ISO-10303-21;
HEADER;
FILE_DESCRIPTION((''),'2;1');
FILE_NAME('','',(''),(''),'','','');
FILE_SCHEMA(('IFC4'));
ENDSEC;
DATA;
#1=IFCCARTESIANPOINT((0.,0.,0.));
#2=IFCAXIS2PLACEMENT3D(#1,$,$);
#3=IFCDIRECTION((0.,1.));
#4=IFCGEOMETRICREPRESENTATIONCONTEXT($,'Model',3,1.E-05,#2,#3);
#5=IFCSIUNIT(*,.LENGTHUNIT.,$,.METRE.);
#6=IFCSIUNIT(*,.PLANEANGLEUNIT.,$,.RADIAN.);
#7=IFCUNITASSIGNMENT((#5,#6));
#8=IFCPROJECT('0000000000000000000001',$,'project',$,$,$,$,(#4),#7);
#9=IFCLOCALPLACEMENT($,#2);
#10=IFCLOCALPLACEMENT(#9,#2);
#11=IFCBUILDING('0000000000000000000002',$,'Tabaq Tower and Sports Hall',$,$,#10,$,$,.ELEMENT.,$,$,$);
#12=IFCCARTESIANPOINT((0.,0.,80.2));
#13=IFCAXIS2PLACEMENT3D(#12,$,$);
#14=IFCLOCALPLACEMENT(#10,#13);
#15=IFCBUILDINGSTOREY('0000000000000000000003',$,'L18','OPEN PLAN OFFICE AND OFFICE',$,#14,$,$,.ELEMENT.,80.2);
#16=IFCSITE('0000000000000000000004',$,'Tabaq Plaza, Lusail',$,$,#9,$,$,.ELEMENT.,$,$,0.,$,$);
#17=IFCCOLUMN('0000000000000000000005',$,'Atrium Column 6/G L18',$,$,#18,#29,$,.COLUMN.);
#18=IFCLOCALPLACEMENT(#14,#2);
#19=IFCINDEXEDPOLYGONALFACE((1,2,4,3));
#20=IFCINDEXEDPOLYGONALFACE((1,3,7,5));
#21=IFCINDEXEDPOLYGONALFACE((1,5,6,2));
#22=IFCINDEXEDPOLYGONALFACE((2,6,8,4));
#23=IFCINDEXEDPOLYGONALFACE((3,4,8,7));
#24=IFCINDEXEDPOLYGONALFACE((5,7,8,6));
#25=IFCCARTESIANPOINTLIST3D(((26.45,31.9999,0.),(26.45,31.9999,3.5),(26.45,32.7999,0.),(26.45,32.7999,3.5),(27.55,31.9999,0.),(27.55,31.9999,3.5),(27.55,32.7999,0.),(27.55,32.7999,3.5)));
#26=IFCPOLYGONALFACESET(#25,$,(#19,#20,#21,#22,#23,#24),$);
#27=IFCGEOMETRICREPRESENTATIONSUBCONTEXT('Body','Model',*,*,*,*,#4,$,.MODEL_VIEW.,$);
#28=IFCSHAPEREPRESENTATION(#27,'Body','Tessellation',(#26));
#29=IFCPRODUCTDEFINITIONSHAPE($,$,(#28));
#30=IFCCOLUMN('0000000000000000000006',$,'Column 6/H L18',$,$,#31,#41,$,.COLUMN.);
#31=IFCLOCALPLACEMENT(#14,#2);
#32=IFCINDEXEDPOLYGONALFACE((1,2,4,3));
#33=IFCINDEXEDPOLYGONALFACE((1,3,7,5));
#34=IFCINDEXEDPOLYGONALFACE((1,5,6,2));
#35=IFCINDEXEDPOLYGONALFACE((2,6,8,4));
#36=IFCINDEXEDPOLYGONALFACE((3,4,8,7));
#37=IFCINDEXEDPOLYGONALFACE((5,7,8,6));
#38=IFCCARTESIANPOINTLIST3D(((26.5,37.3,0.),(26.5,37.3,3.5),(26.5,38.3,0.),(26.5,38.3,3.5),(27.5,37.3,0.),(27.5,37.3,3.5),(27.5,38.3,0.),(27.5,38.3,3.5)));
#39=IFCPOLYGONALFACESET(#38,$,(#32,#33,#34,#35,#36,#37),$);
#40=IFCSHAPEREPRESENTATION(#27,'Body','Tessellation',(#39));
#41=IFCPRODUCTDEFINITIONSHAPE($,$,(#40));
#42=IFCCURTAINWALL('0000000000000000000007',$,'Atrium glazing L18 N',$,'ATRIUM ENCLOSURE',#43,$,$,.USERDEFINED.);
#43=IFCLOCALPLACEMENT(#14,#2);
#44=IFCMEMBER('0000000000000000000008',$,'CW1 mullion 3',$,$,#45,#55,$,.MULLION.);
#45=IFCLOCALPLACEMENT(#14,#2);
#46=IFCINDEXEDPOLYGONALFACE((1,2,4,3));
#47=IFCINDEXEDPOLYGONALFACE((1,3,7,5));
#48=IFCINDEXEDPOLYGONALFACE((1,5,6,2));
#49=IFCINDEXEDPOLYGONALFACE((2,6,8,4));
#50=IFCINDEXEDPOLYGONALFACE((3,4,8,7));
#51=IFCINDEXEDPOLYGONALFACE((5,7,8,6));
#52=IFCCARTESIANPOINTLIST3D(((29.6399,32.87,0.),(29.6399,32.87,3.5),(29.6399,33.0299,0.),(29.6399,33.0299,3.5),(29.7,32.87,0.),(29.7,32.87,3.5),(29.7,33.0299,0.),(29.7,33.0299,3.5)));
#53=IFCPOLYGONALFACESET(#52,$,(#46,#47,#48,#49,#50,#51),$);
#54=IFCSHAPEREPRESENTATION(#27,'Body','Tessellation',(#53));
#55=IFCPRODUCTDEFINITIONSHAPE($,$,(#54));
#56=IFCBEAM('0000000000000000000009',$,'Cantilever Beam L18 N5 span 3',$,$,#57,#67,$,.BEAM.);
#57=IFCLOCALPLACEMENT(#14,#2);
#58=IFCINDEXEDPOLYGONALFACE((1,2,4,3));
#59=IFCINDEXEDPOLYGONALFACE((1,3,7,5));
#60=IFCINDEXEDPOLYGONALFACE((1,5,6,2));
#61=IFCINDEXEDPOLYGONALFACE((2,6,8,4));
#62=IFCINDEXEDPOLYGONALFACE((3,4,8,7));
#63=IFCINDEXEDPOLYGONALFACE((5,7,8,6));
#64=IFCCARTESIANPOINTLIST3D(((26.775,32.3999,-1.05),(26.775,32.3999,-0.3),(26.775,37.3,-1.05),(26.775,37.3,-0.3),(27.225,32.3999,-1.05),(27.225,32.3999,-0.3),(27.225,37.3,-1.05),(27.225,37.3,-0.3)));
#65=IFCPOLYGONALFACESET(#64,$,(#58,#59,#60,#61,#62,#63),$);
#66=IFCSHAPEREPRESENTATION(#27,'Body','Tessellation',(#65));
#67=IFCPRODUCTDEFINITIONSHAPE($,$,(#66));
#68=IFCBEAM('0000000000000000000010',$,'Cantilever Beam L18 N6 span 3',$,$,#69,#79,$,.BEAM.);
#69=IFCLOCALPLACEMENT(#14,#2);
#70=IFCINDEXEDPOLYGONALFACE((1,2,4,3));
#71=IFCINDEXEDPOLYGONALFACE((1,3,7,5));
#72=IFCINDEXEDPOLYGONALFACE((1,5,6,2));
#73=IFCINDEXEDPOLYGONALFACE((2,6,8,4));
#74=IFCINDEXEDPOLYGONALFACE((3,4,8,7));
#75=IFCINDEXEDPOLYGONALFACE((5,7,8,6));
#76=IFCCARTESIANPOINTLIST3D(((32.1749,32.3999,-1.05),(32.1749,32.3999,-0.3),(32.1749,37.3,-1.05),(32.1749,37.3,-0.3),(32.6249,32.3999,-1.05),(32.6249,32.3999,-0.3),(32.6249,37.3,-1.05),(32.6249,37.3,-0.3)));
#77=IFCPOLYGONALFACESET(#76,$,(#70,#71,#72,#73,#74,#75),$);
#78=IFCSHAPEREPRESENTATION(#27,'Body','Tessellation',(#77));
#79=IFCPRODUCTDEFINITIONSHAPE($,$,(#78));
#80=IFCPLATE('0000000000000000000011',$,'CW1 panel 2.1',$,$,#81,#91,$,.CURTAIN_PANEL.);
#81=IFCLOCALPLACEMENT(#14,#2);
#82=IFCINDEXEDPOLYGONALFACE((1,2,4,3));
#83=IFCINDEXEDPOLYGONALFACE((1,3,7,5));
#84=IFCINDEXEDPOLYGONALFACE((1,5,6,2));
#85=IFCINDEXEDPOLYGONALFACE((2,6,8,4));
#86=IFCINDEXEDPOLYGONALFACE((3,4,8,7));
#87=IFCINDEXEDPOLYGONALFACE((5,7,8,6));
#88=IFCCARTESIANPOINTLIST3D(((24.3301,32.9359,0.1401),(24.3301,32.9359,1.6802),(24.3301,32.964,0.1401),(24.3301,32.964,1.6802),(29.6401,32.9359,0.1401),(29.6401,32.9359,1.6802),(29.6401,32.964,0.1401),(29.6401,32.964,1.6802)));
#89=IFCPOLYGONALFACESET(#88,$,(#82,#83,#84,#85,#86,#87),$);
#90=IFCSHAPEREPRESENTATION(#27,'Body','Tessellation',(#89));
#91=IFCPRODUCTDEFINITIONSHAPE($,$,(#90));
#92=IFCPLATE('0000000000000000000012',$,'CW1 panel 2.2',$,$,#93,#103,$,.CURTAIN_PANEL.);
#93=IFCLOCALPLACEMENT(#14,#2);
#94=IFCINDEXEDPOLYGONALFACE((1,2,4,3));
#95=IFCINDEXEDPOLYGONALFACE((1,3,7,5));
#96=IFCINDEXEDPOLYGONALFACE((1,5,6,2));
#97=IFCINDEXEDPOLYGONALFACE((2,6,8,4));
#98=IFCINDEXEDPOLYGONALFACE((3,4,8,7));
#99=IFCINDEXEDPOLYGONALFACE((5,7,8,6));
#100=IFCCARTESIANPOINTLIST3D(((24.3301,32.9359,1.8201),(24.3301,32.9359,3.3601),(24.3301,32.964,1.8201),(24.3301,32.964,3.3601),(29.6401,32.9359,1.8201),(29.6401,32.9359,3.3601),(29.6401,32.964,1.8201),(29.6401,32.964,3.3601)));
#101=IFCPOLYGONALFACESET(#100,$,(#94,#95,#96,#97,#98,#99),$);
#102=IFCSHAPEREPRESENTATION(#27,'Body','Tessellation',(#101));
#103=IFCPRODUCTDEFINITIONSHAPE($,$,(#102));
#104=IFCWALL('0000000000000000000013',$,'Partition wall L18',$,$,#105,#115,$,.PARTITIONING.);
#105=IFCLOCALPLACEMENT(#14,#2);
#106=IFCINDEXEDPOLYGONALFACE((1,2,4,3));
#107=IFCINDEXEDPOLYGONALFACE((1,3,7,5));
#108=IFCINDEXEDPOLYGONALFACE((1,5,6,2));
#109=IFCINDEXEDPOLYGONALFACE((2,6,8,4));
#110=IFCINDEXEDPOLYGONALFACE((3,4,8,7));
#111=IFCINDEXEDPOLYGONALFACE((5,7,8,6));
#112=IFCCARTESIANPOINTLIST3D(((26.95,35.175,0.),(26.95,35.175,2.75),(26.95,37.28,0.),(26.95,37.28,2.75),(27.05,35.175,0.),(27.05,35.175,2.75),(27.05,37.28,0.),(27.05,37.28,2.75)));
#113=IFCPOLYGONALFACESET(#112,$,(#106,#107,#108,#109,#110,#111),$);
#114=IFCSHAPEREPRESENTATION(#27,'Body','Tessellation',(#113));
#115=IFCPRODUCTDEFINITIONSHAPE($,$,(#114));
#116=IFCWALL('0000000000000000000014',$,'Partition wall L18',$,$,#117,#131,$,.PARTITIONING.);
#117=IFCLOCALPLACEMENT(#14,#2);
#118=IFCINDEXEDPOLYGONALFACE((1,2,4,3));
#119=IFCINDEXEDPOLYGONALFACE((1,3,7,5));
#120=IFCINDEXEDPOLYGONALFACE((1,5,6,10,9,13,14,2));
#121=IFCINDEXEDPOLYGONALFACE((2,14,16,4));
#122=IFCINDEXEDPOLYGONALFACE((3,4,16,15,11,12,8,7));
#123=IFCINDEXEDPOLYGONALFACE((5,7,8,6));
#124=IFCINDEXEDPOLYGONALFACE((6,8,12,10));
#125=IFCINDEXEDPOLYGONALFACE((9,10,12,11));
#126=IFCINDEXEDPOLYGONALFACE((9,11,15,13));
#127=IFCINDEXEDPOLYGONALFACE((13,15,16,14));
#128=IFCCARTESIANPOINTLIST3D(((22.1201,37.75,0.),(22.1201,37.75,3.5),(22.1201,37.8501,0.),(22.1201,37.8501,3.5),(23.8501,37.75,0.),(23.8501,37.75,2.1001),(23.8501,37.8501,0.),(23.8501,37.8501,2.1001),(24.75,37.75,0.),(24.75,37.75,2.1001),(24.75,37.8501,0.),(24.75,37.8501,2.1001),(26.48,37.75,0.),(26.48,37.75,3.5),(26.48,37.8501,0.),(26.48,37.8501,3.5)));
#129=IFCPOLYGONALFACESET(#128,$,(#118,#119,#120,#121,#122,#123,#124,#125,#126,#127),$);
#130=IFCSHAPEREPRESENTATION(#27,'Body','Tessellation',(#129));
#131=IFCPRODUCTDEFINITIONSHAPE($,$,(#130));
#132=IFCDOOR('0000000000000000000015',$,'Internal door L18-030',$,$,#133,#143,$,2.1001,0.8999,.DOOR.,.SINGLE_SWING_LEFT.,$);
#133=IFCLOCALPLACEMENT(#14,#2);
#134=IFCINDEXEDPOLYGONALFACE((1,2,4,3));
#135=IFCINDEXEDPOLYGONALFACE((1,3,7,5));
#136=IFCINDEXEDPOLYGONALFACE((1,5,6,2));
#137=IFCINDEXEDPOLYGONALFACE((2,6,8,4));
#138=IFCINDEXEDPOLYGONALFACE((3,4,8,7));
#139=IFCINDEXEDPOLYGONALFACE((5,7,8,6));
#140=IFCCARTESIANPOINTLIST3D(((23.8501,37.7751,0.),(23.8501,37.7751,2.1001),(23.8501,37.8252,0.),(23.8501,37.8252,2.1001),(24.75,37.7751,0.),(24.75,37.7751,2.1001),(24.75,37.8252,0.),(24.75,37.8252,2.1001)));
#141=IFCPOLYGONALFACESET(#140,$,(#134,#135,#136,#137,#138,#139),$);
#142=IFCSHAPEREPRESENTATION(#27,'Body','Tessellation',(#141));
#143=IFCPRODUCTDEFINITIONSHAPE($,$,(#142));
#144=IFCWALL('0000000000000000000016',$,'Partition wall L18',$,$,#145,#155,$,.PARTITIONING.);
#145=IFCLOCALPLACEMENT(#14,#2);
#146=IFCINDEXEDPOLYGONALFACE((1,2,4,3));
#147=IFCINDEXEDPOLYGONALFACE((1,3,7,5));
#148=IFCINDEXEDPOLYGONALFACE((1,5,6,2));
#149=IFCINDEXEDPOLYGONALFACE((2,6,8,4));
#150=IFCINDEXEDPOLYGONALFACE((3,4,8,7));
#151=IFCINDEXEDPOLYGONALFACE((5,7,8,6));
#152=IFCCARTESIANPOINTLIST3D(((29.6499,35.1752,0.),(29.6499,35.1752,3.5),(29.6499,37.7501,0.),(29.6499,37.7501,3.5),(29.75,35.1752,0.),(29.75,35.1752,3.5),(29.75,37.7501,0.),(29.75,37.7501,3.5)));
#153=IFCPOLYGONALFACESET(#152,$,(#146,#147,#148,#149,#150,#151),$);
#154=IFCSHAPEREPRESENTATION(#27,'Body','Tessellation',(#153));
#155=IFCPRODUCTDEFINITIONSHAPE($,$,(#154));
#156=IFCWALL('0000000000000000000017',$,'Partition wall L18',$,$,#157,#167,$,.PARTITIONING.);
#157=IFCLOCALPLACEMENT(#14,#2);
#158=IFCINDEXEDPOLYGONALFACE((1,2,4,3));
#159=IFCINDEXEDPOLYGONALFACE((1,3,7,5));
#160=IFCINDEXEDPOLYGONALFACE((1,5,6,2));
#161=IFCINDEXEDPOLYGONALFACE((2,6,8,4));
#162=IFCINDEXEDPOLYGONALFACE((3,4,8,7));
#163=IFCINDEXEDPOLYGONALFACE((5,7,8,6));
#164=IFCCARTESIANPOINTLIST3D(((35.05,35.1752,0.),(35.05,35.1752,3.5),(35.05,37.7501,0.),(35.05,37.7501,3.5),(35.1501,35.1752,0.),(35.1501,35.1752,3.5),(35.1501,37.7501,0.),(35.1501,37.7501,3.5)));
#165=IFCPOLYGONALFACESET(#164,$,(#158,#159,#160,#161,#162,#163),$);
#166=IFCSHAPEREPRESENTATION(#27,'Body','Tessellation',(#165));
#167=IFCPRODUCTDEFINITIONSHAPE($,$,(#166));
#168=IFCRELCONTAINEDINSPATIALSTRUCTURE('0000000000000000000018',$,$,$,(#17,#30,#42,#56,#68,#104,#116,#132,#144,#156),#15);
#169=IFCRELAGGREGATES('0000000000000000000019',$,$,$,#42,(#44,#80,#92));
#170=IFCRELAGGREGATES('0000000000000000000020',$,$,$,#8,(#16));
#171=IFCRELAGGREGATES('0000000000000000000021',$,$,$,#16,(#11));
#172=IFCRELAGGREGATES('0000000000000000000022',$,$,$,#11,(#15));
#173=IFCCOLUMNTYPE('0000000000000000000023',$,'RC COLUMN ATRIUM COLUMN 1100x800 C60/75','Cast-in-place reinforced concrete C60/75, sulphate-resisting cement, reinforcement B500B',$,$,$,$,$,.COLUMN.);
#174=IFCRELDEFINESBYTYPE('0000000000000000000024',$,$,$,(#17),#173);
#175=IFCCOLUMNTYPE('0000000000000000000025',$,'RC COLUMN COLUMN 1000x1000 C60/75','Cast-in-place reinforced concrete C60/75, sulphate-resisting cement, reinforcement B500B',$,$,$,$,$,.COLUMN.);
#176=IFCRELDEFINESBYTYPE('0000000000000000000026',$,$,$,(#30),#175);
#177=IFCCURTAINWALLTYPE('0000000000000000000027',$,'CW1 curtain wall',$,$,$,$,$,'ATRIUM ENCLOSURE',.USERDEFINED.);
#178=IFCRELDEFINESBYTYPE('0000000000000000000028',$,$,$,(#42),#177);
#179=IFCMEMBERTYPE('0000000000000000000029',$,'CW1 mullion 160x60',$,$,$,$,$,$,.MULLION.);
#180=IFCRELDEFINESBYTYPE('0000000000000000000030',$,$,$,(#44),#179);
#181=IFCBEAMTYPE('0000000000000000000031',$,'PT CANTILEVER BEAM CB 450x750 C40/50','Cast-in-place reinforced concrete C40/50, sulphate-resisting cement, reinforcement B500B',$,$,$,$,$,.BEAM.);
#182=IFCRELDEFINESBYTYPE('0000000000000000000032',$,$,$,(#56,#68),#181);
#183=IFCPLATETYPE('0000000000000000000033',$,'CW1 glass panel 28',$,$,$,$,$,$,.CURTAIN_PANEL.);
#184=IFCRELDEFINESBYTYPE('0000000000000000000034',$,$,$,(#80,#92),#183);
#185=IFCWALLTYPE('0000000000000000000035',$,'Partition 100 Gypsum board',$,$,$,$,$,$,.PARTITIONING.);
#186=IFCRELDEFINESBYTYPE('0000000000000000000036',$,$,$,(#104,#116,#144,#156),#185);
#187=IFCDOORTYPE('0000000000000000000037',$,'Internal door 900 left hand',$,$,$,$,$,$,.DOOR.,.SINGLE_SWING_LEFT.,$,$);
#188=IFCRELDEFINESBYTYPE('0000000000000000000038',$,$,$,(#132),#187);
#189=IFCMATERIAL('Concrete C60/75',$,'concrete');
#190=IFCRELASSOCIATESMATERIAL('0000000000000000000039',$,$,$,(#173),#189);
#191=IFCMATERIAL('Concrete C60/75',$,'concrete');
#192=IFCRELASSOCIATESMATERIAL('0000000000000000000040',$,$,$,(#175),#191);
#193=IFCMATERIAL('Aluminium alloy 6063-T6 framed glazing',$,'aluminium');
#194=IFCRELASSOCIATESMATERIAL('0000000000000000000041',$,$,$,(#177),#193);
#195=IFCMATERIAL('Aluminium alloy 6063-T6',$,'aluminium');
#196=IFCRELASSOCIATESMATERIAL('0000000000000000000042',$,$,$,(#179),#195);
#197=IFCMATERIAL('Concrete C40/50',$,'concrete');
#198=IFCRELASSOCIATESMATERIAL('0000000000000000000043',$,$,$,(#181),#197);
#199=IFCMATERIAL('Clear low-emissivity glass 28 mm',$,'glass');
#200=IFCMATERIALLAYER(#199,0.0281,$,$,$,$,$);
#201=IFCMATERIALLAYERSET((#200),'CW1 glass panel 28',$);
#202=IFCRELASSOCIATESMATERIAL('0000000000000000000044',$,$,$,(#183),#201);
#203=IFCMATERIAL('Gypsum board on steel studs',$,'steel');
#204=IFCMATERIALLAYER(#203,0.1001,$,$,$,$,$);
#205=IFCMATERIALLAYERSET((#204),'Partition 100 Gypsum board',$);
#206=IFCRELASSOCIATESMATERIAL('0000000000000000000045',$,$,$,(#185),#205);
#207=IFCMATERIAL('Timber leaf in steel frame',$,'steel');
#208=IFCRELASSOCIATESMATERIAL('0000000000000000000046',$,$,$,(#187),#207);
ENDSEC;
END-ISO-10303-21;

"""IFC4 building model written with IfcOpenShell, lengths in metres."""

from ifc_helpers import new_model, si_unit, direction, frame, frame_2d, origin, origin_2d, place, context, subcontext, project, spatial, rectangle, extrude, material, layer, layer_set, material_profile, profile_set, type_object, element, fill, aggregate, save


model = new_model("IFC4")

# Units and contexts
model_context = context("Model", 3, precision=1e-05, world=origin(), true_north=direction((0.0, 1.0)))
body_context = subcontext(model_context, "Body", "Model", "MODEL_VIEW")
ifc_project = project(units=[si_unit("LENGTHUNIT", "METRE"), si_unit("PLANEANGLEUNIT", "RADIAN")], contexts=[model_context])

# Site, building, storey
site_placement = place(None, origin())
site = spatial("IfcSite", under=ifc_project, at=site_placement, Name="Tabaq Plaza, Lusail", CompositionType="ELEMENT", RefElevation=0.0)
building_placement = place(site_placement, origin())
building = spatial("IfcBuilding", under=site, at=building_placement, Name="Tabaq Tower and Sports Hall", CompositionType="ELEMENT")
storey_placement = place(building_placement, frame((0.0, 0.0, 80.2)))
storey = spatial("IfcBuildingStorey", under=building, at=storey_placement, Name="L18", Description="OPEN PLAN OFFICE AND OFFICE", CompositionType="ELEMENT", Elevation=80.2)

# Columns
ifc_material_1 = material(Name="Concrete C60/75", Category="concrete")
ifc_material_profile_1 = material_profile(ifc_material_1, rectangle(XDim=1.1001, YDim=0.8, at=origin_2d()), Name="ATRIUM COLUMN 1100x800")
ifc_profile_set_1 = profile_set([ifc_material_profile_1], Name="Concrete C60/75")
column_type_1 = type_object("IfcColumnType", Name="RC COLUMN ATRIUM COLUMN 1100x800 C60/75", Description="Cast-in-place reinforced concrete C60/75, sulphate-resisting cement, reinforcement B500B", PredefinedType="COLUMN", material=ifc_profile_set_1)
column_1_placement = place(storey_placement, frame((27.0, 32.3999, 0.0), z_axis=(0.0, 0.0, 1.0), x_axis=(1.0, 0.0, 0.0)))
element("IfcColumn", 1, at=column_1_placement, inside=storey, type_object=column_type_1, Name="Atrium Column 6/G L18", PredefinedType="COLUMN", context=body_context, shape_type="SweptSolid", body=[
    extrude(rectangle(XDim=1.1001, YDim=0.8, at=origin_2d()), origin(), (0.0, 0.0, 1.0), 3.5),
])
ifc_material_2 = material(Name="Concrete C60/75", Category="concrete")
ifc_material_profile_2 = material_profile(ifc_material_2, rectangle(XDim=1.0, YDim=1.0, at=origin_2d()), Name="COLUMN 1000x1000")
ifc_profile_set_2 = profile_set([ifc_material_profile_2], Name="Concrete C60/75")
column_type_2 = type_object("IfcColumnType", Name="RC COLUMN COLUMN 1000x1000 C60/75", Description="Cast-in-place reinforced concrete C60/75, sulphate-resisting cement, reinforcement B500B", PredefinedType="COLUMN", material=ifc_profile_set_2)
column_2_placement = place(storey_placement, frame((27.0, 37.8, 0.0), z_axis=(0.0, 0.0, 1.0), x_axis=(1.0, 0.0, 0.0)))
element("IfcColumn", 2, at=column_2_placement, inside=storey, type_object=column_type_2, Name="Column 6/H L18", PredefinedType="COLUMN", context=body_context, shape_type="SweptSolid", body=[
    extrude(rectangle(XDim=1.0, YDim=1.0, at=origin_2d()), origin(), (0.0, 0.0, 1.0), 3.5),
])

# Curtain wall, member
ifc_material_3 = material(Name="Aluminium alloy 6063-T6 framed glazing", Category="aluminium")
curtain_wall_type = type_object("IfcCurtainWallType", Name="CW1 curtain wall", ElementType="ATRIUM ENCLOSURE", PredefinedType="USERDEFINED", material=ifc_material_3)
curtain_wall_placement = place(storey_placement, origin())
curtain_wall = element("IfcCurtainWall", 3, at=curtain_wall_placement, inside=storey, type_object=curtain_wall_type, Name="Atrium glazing L18 N", ObjectType="ATRIUM ENCLOSURE", PredefinedType="USERDEFINED")
ifc_material_4 = material(Name="Aluminium alloy 6063-T6", Category="aluminium")
ifc_material_profile_3 = material_profile(ifc_material_4, rectangle(XDim=0.1599, YDim=0.0601, at=origin_2d()), Name="MULLION 160x60")
ifc_profile_set_3 = profile_set([ifc_material_profile_3], Name="Aluminium alloy 6063-T6")
member_type = type_object("IfcMemberType", Name="CW1 mullion 160x60", PredefinedType="MULLION", material=ifc_profile_set_3)
member_placement = place(storey_placement, frame((29.6699, 32.95, 0.0), z_axis=(0.0, 0.0, 1.0), x_axis=(0.0, 1.0, 0.0)))
member = element("IfcMember", 4, at=member_placement, type_object=member_type, Name="CW1 mullion 3", PredefinedType="MULLION", context=body_context, shape_type="SweptSolid", body=[
    extrude(rectangle(XDim=0.1599, YDim=0.0601, at=origin_2d()), origin(), (0.0, 0.0, 1.0), 3.5),
])

# Beams
ifc_material_5 = material(Name="Concrete C40/50", Category="concrete")
ifc_material_profile_4 = material_profile(ifc_material_5, rectangle(XDim=0.45, YDim=0.75, at=origin_2d()), Name="CB 450x750")
ifc_profile_set_4 = profile_set([ifc_material_profile_4], Name="Concrete C40/50")
beam_type = type_object("IfcBeamType", Name="PT CANTILEVER BEAM CB 450x750 C40/50", Description="Cast-in-place reinforced concrete C40/50, sulphate-resisting cement, reinforcement B500B", PredefinedType="BEAM", material=ifc_profile_set_4)
for number, where, z_axis, x_axis, name in (
    (5, (27.0, 37.3, -0.675), (0.0, -1.0, 0.0), (1.0, 0.0, 0.0), "Cantilever Beam L18 N5 span 3"),
    (6, (32.3999, 37.3, -0.675), (0.0, -1.0, 0.0), (1.0, 0.0, 0.0), "Cantilever Beam L18 N6 span 3"),
):
    element("IfcBeam", number, at=place(storey_placement, frame(where, z_axis=z_axis, x_axis=x_axis)), inside=storey, type_object=beam_type, Name=name, PredefinedType="BEAM", context=body_context, shape_type="SweptSolid", body=[
        extrude(rectangle(XDim=0.45, YDim=0.75, at=origin_2d()), origin(), (0.0, 0.0, 1.0), 4.9001),
    ])

# Plates
ifc_material_6 = material(Name="Clear low-emissivity glass 28 mm", Category="glass")
ifc_layer_1 = layer(ifc_material_6, 0.0281)
ifc_layer_set_1 = layer_set([ifc_layer_1], Name="CW1 glass panel 28")
plate_type = type_object("IfcPlateType", Name="CW1 glass panel 28", PredefinedType="CURTAIN_PANEL", material=ifc_layer_set_1)
plate_1_placement = place(storey_placement, frame((26.9851, 32.95, 0.1401), z_axis=(0.0, 0.0, 1.0), x_axis=(1.0, 0.0, 0.0)))
plate_1 = element("IfcPlate", 7, at=plate_1_placement, type_object=plate_type, Name="CW1 panel 2.1", PredefinedType="CURTAIN_PANEL", context=body_context, shape_type="SweptSolid", body=[
    extrude(rectangle(XDim=5.3101, YDim=0.0281, at=origin_2d()), origin(), (0.0, 0.0, 1.0), 1.54),
])
plate_2_placement = place(storey_placement, frame((26.9851, 32.95, 1.8201), z_axis=(0.0, 0.0, 1.0), x_axis=(1.0, 0.0, 0.0)))
plate_2 = element("IfcPlate", 8, at=plate_2_placement, type_object=plate_type, Name="CW1 panel 2.2", PredefinedType="CURTAIN_PANEL", context=body_context, shape_type="SweptSolid", body=[
    extrude(rectangle(XDim=5.3101, YDim=0.0281, at=origin_2d()), origin(), (0.0, 0.0, 1.0), 1.54),
])
aggregate(curtain_wall, [member, plate_1, plate_2])

# Wall
ifc_material_7 = material(Name="Gypsum board on steel studs", Category="steel")
ifc_layer_2 = layer(ifc_material_7, 0.1001)
ifc_layer_set_2 = layer_set([ifc_layer_2], Name="Partition 100 Gypsum board")
wall_type_1 = type_object("IfcWallType", Name="Partition 100 Gypsum board", PredefinedType="PARTITIONING", material=ifc_layer_set_2)
wall_1_placement = place(storey_placement, frame((27.0, 35.175, 0.0), z_axis=(0.0, 0.0, 1.0), x_axis=(0.0, 1.0, 0.0)))
element("IfcWall", 9, at=wall_1_placement, inside=storey, type_object=wall_type_1, Name="Partition wall L18", PredefinedType="PARTITIONING", context=body_context, shape_type="SweptSolid", body=[
    extrude(rectangle(XDim=2.105, YDim=0.1001, at=frame_2d((1.0525, 0.0))), origin(), (0.0, 0.0, 1.0), 2.75),
])

# Wall, opening, door
wall_2_placement = place(storey_placement, frame((26.48, 37.8, 0.0), z_axis=(0.0, 0.0, 1.0), x_axis=(-1.0, 0.0, 0.0)))
wall_2 = element("IfcWall", 10, at=wall_2_placement, inside=storey, type_object=wall_type_1, Name="Partition wall L18", PredefinedType="PARTITIONING", context=body_context, shape_type="SweptSolid", body=[
    extrude(rectangle(XDim=4.3599, YDim=0.1001, at=frame_2d((2.1799, 0.0))), origin(), (0.0, 0.0, 1.0), 3.5),
])
opening_1_placement = place(wall_2_placement, frame((1.73, 0.0, 0.0)))
opening_1 = element("IfcOpeningElement", 11, at=opening_1_placement, cuts=wall_2, PredefinedType="OPENING", context=body_context, shape_type="SweptSolid", body=[
    extrude(rectangle(XDim=0.8999, YDim=2.1001, at=frame_2d((0.45, 1.05))), frame((0.0, 0.05, 0.0), z_axis=(0.0, -1.0, 0.0), x_axis=(1.0, 0.0, 0.0)), (0.0, 0.0, 1.0), 0.1001),
])
ifc_material_8 = material(Name="Timber leaf in steel frame", Category="steel")
door_type_1 = type_object("IfcDoorType", Name="Internal door 900 left hand", OperationType="SINGLE_SWING_LEFT", PredefinedType="DOOR", material=ifc_material_8)
door_1_placement = place(opening_1_placement, origin())
door_1 = element("IfcDoor", 12, at=door_1_placement, inside=storey, type_object=door_type_1, Name="Internal door L18-030", OperationType="SINGLE_SWING_LEFT", OverallHeight=2.1001, OverallWidth=0.8999, PredefinedType="DOOR", context=body_context, shape_type="SweptSolid", body=[
    extrude(rectangle(XDim=0.8999, YDim=2.1001, at=frame_2d((0.45, 1.05))), frame((0.0, 0.0249, 0.0), z_axis=(0.0, -1.0, 0.0), x_axis=(1.0, 0.0, 0.0)), (0.0, 0.0, 1.0), 0.05),
])
fill(opening_1, door_1)

# Walls
for number, where, z_axis, x_axis, name in (
    (13, (29.7, 35.175, 0.0), (0.0, 0.0, 1.0), (0.0, 1.0, 0.0), "Partition wall L18"),
    (14, (35.1001, 35.175, 0.0), (0.0, 0.0, 1.0), (0.0, 1.0, 0.0), "Partition wall L18"),
):
    element("IfcWall", number, at=place(storey_placement, frame(where, z_axis=z_axis, x_axis=x_axis)), inside=storey, type_object=wall_type_1, Name=name, PredefinedType="PARTITIONING", context=body_context, shape_type="SweptSolid", body=[
        extrude(rectangle(XDim=2.575, YDim=0.1001, at=frame_2d((1.2876, 0.0))), origin(), (0.0, 0.0, 1.0), 3.5),
    ])

save(model, "model.ifc")
